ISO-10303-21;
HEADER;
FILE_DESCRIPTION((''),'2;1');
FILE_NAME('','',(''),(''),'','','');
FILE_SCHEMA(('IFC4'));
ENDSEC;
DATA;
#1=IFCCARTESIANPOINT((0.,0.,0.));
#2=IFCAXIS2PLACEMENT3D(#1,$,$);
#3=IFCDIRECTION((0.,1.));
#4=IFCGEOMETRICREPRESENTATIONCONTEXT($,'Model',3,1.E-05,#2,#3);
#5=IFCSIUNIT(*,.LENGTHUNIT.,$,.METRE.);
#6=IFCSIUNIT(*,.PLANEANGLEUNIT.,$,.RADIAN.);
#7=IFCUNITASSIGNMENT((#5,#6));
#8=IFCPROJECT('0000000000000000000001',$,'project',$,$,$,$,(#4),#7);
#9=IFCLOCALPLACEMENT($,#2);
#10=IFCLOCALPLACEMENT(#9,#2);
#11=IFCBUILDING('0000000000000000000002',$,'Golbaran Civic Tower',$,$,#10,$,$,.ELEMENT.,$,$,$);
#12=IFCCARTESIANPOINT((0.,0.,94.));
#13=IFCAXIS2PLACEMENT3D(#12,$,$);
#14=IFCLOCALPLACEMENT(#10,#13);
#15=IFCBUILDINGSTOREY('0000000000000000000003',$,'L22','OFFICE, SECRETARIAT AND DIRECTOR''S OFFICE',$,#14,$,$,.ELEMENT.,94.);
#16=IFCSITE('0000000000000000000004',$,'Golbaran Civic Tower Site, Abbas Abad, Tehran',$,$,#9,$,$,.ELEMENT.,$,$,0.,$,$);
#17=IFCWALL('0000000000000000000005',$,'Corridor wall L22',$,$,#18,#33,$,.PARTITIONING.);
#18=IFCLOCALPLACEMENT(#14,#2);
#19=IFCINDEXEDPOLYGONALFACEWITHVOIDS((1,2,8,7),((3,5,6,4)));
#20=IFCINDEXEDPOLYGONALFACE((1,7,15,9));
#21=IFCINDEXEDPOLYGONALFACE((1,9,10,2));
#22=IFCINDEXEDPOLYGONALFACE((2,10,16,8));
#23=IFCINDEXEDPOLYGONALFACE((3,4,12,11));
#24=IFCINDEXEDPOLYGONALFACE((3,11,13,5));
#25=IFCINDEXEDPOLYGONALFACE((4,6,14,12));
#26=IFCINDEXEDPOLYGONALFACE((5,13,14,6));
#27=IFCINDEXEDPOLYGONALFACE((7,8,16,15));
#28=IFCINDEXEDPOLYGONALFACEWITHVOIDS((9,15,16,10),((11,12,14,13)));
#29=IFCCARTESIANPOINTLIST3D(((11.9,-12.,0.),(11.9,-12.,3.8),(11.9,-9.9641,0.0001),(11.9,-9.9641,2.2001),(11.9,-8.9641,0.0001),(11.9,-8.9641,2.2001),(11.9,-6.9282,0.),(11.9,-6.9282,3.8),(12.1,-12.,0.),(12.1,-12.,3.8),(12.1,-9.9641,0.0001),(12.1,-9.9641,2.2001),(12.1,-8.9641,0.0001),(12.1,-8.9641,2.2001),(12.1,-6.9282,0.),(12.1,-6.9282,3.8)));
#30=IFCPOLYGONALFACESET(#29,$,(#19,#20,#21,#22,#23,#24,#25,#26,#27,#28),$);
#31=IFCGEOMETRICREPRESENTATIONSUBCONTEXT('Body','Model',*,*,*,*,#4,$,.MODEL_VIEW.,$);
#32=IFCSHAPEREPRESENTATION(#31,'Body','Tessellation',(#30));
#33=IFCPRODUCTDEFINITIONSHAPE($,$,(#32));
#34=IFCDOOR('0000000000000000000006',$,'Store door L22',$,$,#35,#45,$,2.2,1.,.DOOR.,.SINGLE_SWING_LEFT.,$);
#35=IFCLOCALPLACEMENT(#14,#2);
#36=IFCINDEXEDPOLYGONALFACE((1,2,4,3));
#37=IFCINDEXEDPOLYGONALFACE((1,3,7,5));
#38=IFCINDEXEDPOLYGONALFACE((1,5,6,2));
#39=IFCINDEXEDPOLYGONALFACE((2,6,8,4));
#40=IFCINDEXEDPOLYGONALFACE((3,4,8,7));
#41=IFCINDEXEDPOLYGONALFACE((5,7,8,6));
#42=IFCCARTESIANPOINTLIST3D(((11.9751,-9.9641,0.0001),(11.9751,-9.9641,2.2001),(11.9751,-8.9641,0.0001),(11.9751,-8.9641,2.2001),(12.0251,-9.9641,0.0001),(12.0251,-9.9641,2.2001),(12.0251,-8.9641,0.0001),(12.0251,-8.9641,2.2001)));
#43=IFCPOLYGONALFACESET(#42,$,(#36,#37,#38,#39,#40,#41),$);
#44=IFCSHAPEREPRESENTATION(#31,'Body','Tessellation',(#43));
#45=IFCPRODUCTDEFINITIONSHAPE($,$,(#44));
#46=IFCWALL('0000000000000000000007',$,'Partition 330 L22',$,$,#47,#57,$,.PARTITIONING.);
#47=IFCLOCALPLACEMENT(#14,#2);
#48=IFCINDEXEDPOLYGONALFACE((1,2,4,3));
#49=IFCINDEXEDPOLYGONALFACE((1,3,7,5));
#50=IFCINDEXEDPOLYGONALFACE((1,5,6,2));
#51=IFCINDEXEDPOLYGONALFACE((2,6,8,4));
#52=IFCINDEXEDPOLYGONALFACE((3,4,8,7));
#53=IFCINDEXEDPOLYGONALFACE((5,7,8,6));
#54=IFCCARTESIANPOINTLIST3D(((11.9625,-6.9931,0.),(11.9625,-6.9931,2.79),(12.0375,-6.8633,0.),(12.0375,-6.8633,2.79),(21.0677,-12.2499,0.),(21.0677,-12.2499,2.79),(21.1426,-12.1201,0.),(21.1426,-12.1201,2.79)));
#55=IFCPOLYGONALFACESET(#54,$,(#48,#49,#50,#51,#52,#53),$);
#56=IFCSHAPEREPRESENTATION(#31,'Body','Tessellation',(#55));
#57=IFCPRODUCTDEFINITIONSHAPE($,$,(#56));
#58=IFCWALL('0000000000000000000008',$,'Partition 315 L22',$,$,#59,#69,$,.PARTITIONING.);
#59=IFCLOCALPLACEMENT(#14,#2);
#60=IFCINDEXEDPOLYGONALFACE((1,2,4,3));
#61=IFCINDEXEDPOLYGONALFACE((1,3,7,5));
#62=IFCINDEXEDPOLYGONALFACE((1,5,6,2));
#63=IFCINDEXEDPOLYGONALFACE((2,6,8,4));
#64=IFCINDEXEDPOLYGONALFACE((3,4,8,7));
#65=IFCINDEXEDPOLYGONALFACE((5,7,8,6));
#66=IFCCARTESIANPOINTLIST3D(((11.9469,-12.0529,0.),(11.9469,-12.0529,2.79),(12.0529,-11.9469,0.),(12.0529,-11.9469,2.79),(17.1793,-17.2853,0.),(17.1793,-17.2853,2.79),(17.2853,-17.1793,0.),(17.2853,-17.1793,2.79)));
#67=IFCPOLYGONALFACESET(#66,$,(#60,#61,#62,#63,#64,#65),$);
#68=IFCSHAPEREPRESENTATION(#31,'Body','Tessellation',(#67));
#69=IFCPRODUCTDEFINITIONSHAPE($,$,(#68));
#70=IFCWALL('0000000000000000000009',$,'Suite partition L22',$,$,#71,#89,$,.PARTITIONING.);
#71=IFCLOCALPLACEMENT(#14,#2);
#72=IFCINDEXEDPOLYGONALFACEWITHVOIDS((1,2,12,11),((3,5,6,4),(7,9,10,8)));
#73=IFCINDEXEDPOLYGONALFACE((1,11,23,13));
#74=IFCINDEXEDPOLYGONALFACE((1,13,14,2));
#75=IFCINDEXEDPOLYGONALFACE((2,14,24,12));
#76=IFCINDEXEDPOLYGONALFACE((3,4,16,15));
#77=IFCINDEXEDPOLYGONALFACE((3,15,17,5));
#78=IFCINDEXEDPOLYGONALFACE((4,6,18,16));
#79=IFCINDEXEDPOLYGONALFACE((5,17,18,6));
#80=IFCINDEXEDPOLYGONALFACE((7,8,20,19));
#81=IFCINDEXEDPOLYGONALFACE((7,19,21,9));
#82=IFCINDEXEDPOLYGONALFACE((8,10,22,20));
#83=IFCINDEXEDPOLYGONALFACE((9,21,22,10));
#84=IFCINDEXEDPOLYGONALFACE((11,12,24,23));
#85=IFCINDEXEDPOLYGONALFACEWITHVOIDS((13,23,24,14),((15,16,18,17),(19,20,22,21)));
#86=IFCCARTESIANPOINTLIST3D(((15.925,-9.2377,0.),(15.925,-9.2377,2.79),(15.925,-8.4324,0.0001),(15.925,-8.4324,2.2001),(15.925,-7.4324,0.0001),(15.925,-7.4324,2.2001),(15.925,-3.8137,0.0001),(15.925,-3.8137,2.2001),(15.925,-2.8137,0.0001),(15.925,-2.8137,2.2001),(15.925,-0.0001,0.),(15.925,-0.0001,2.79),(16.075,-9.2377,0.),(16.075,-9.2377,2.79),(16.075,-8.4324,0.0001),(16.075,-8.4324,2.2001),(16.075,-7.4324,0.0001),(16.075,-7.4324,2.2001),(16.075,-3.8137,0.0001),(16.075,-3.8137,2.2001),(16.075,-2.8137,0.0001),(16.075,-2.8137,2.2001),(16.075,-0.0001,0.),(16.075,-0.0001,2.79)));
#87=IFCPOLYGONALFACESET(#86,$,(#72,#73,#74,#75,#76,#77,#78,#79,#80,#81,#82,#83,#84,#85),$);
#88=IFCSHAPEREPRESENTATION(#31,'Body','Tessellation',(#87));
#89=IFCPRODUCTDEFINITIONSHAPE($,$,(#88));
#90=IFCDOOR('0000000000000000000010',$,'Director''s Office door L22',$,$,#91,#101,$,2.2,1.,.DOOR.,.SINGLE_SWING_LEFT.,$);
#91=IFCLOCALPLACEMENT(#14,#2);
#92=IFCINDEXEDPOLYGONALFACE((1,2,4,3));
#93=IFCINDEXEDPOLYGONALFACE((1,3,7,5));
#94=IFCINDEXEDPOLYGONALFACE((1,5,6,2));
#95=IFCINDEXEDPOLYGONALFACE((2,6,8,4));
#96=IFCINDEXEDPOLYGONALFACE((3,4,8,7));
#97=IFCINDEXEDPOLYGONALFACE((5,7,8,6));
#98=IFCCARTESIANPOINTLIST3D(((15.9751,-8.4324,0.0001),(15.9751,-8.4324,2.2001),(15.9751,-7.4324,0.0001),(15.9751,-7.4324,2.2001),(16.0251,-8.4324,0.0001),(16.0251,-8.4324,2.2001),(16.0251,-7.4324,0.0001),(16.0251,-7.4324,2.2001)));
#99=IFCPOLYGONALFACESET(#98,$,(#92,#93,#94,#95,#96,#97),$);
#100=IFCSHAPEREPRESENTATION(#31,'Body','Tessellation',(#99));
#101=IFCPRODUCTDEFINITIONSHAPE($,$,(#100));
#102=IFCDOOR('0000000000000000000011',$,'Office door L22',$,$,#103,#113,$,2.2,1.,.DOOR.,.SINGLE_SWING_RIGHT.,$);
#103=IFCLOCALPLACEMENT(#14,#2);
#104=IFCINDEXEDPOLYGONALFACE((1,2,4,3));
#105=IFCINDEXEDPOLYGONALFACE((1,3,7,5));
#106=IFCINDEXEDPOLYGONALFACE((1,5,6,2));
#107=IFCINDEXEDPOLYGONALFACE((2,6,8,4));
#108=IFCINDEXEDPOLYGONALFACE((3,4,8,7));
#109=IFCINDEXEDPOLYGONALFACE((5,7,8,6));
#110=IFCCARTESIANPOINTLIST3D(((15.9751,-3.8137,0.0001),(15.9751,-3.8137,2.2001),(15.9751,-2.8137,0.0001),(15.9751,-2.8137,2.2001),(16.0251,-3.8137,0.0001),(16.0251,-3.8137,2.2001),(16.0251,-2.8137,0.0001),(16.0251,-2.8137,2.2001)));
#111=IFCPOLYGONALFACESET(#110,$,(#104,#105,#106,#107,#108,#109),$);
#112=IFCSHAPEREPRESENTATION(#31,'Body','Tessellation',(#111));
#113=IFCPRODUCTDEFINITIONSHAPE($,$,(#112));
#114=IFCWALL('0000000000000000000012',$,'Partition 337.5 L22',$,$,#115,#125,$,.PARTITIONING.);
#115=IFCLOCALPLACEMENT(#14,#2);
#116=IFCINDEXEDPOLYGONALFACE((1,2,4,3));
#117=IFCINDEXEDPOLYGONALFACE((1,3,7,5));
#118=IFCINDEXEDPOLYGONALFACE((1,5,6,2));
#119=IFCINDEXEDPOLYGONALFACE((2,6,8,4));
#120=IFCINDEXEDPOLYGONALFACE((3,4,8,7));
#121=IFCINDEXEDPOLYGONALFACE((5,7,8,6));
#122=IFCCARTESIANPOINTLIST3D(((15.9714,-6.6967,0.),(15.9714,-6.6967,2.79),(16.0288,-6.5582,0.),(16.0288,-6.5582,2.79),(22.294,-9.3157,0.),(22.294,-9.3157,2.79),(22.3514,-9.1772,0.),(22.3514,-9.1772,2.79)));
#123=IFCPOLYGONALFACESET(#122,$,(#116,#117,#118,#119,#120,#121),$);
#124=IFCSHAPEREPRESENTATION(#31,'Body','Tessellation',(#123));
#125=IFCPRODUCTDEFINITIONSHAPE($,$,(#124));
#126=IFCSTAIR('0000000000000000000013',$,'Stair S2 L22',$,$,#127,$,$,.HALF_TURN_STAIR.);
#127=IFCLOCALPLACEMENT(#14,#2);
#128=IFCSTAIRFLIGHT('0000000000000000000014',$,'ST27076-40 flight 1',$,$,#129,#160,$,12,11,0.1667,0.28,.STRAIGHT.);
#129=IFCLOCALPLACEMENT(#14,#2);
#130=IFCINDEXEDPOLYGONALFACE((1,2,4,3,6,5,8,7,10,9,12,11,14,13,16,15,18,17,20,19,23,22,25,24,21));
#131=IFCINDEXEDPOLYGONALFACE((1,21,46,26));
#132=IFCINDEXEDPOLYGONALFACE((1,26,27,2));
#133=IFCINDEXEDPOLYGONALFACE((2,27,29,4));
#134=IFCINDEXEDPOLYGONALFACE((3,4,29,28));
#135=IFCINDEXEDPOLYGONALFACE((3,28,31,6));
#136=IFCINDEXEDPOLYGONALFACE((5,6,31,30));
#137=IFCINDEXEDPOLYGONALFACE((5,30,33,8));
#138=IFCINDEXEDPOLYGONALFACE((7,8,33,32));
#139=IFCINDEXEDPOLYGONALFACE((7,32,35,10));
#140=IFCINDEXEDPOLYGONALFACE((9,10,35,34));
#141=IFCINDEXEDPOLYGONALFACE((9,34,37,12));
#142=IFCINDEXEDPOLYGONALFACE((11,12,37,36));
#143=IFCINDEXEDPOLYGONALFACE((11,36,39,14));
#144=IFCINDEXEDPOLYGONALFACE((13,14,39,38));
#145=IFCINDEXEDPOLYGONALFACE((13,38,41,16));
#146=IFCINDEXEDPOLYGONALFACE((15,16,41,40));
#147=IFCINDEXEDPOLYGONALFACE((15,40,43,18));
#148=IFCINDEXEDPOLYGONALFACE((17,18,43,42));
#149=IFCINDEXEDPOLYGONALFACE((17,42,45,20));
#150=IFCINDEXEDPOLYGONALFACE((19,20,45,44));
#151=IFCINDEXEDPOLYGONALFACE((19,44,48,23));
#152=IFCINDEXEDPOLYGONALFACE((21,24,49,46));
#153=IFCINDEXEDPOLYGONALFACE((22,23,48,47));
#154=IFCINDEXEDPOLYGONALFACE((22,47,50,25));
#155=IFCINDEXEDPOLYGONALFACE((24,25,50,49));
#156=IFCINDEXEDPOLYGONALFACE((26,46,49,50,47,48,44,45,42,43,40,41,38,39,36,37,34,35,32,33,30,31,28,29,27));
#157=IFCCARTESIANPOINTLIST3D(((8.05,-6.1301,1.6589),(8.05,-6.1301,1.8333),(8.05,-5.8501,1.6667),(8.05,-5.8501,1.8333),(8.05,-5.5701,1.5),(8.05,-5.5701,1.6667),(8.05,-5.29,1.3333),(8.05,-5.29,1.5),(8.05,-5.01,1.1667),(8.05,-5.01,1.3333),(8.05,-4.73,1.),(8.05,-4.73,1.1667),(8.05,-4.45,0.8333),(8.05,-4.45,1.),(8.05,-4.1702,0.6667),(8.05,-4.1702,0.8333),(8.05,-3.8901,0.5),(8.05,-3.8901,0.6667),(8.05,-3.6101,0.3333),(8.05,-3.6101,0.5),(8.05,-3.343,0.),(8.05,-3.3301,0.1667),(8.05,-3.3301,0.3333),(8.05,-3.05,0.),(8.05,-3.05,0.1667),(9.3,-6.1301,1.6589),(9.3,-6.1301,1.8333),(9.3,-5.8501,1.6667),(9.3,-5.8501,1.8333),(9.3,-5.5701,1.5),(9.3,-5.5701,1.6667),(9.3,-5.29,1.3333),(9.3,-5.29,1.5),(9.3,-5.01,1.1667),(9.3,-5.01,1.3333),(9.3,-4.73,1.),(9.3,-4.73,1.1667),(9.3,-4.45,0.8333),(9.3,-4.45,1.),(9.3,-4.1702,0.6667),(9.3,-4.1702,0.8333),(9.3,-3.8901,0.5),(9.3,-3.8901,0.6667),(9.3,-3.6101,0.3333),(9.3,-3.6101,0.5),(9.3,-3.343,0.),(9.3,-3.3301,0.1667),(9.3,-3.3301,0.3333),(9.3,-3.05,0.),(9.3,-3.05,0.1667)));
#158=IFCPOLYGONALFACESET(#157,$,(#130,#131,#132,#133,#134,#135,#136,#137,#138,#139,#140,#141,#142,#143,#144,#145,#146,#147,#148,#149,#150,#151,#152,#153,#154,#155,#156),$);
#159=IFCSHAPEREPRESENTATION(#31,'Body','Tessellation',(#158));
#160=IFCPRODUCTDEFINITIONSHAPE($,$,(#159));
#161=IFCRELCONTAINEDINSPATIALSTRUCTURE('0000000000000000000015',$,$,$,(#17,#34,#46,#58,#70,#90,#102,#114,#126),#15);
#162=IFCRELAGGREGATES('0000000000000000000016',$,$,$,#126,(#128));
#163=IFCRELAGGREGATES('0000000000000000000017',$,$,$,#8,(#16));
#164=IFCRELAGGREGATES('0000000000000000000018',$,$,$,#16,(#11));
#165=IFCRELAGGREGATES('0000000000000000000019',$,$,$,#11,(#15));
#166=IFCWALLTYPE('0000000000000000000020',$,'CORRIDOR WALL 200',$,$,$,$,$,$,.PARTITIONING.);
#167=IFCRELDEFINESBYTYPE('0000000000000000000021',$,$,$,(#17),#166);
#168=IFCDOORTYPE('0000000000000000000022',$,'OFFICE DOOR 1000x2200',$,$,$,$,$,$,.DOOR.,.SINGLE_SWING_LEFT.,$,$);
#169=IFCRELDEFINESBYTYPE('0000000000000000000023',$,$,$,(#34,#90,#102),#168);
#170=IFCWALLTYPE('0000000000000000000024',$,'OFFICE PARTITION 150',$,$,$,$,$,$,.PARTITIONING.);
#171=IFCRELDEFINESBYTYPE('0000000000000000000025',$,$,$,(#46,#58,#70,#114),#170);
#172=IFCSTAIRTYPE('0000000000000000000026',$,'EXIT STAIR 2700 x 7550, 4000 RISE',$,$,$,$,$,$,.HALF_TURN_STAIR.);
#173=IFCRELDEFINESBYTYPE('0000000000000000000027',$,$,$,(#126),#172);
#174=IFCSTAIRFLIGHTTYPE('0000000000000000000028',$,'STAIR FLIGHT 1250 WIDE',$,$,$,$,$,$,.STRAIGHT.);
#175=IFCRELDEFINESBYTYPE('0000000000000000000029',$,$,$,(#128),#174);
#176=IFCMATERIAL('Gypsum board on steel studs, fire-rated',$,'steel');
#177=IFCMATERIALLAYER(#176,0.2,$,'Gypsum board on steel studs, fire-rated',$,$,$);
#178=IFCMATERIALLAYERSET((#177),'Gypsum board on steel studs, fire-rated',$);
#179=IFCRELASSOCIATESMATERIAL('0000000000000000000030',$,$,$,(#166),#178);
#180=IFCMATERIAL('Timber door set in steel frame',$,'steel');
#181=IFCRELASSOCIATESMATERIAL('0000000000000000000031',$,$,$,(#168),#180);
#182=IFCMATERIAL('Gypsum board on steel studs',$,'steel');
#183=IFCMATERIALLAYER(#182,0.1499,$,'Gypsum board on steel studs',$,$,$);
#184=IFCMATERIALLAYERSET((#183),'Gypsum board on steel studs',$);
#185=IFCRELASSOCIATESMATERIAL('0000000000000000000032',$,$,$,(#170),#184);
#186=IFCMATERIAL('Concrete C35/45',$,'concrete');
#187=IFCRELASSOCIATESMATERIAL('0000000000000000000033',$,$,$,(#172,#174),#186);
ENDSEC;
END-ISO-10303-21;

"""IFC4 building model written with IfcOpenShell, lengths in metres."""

from ifc_helpers import new_model, si_unit, direction, frame, frame_2d, origin, place, context, subcontext, project, spatial, polyline, rectangle, outline, extrude, material, layer, layer_set, type_object, element, fill, aggregate, save


model = new_model("IFC4")

# Units and contexts
model_context = context("Model", 3, precision=1e-05, world=origin(), true_north=direction((0.0, 1.0)))
body_context = subcontext(model_context, "Body", "Model", "MODEL_VIEW")
ifc_project = project(units=[si_unit("LENGTHUNIT", "METRE"), si_unit("PLANEANGLEUNIT", "RADIAN")], contexts=[model_context])

# Site, building, storey
site_placement = place(None, origin())
site = spatial("IfcSite", under=ifc_project, at=site_placement, Name="Golbaran Civic Tower Site, Abbas Abad, Tehran", CompositionType="ELEMENT", RefElevation=0.0)
building_placement = place(site_placement, origin())
building = spatial("IfcBuilding", under=site, at=building_placement, Name="Golbaran Civic Tower", CompositionType="ELEMENT")
storey_placement = place(building_placement, frame((0.0, 0.0, 94.0)))
storey = spatial("IfcBuildingStorey", under=building, at=storey_placement, Name="L22", Description="OFFICE, SECRETARIAT AND DIRECTOR'S OFFICE", CompositionType="ELEMENT", Elevation=94.0)

# Shared definitions
ifc_material_1 = material(Name="Timber door set in steel frame", Category="steel")

# Wall, opening, door
ifc_material_2 = material(Name="Gypsum board on steel studs, fire-rated", Category="steel")
ifc_layer_1 = layer(ifc_material_2, 0.2, Name="Gypsum board on steel studs, fire-rated")
ifc_layer_set_1 = layer_set([ifc_layer_1], Name="Gypsum board on steel studs, fire-rated")
wall_type_1 = type_object("IfcWallType", Name="CORRIDOR WALL 200", PredefinedType="PARTITIONING", material=ifc_layer_set_1)
door_type_1 = type_object("IfcDoorType", Name="OFFICE DOOR 1000x2200", OperationType="SINGLE_SWING_LEFT", PredefinedType="DOOR", material=ifc_material_1)
wall_1_placement = place(storey_placement, frame((12.0, -12.0, 0.0), z_axis=(0.0, 0.0, 1.0), x_axis=(0.0, 1.0, 0.0)))
wall_1 = element("IfcWall", 1, at=wall_1_placement, inside=storey, type_object=wall_type_1, Name="Corridor wall L22", PredefinedType="PARTITIONING", context=body_context, shape_type="SweptSolid", body=[
    extrude(rectangle(XDim=5.0718, YDim=0.2, at=frame_2d((2.5359, 0.0))), origin(), (0.0, 0.0, 1.0), 3.8),
])
opening_1_placement = place(wall_1_placement, frame((2.0359, 0.0, 0.0)))
opening_1 = element("IfcOpeningElement", 2, at=opening_1_placement, cuts=wall_1, PredefinedType="OPENING", context=body_context, shape_type="SweptSolid", body=[
    extrude(rectangle(XDim=1.0, YDim=2.2, at=frame_2d((0.5, 1.1001))), frame((0.0, 0.1099, 0.0), z_axis=(0.0, -1.0, 0.0), x_axis=(1.0, 0.0, 0.0)), (0.0, 0.0, 1.0), 0.22),
])
door_1_placement = place(opening_1_placement, origin())
door_1 = element("IfcDoor", 3, at=door_1_placement, inside=storey, type_object=door_type_1, Name="Store door L22", OperationType="SINGLE_SWING_LEFT", OverallHeight=2.2, OverallWidth=1.0, PredefinedType="DOOR", context=body_context, shape_type="SweptSolid", body=[
    extrude(rectangle(XDim=1.0, YDim=2.2, at=frame_2d((0.5, 1.1001))), frame((0.0, 0.0249, 0.0), z_axis=(0.0, -1.0, 0.0), x_axis=(1.0, 0.0, 0.0)), (0.0, 0.0, 1.0), 0.05),
])
fill(opening_1, door_1)

# Walls
ifc_material_3 = material(Name="Gypsum board on steel studs", Category="steel")
ifc_layer_2 = layer(ifc_material_3, 0.1499, Name="Gypsum board on steel studs")
ifc_layer_set_2 = layer_set([ifc_layer_2], Name="Gypsum board on steel studs")
wall_type_2 = type_object("IfcWallType", Name="OFFICE PARTITION 150", PredefinedType="PARTITIONING", material=ifc_layer_set_2)
wall_2_placement = place(storey_placement, frame((12.0, -6.9282, 0.0), z_axis=(0.0, 0.0, 1.0), x_axis=(0.866028, -0.499995, 0.0)))
element("IfcWall", 4, at=wall_2_placement, inside=storey, type_object=wall_type_2, Name="Partition 330 L22", PredefinedType="PARTITIONING", context=body_context, shape_type="SweptSolid", body=[
    extrude(rectangle(XDim=10.5137, YDim=0.1499, at=frame_2d((5.2568, 0.0))), origin(), (0.0, 0.0, 1.0), 2.79),
])
wall_3_placement = place(storey_placement, frame((12.0, -12.0, 0.0), z_axis=(0.0, 0.0, 1.0), x_axis=(0.707107, -0.707107, 0.0)))
element("IfcWall", 5, at=wall_3_placement, inside=storey, type_object=wall_type_2, Name="Partition 315 L22", PredefinedType="PARTITIONING", context=body_context, shape_type="SweptSolid", body=[
    extrude(rectangle(XDim=7.3997, YDim=0.1499, at=frame_2d((3.6997, 0.0))), origin(), (0.0, 0.0, 1.0), 2.79),
])

# Wall, openings, doors
wall_4_placement = place(storey_placement, frame((16.0, -9.2375, 0.0), z_axis=(0.0, 0.0, 1.0), x_axis=(0.0, 1.0, 0.0)))
wall_4 = element("IfcWall", 6, at=wall_4_placement, inside=storey, type_object=wall_type_2, Name="Suite partition L22", PredefinedType="PARTITIONING", context=body_context, shape_type="SweptSolid", body=[
    extrude(rectangle(XDim=9.2375, YDim=0.1499, at=frame_2d((4.6187, 0.0))), origin(), (0.0, 0.0, 1.0), 2.79),
])
opening_2_placement = place(wall_4_placement, frame((0.8052, 0.0, 0.0)))
opening_2 = element("IfcOpeningElement", 7, at=opening_2_placement, cuts=wall_4, PredefinedType="OPENING", context=body_context, shape_type="SweptSolid", body=[
    extrude(rectangle(XDim=1.0, YDim=2.2, at=frame_2d((0.5, 1.1001))), frame((0.0, 0.085, 0.0), z_axis=(0.0, -1.0, 0.0), x_axis=(1.0, 0.0, 0.0)), (0.0, 0.0, 1.0), 0.1699),
])
opening_3_placement = place(wall_4_placement, frame((5.4238, 0.0, 0.0)))
opening_3 = element("IfcOpeningElement", 8, at=opening_3_placement, cuts=wall_4, PredefinedType="OPENING", context=body_context, shape_type="SweptSolid", body=[
    extrude(rectangle(XDim=1.0, YDim=2.2, at=frame_2d((0.5, 1.1001))), frame((0.0, 0.085, 0.0), z_axis=(0.0, -1.0, 0.0), x_axis=(1.0, 0.0, 0.0)), (0.0, 0.0, 1.0), 0.1699),
])
door_2_placement = place(opening_2_placement, origin())
door_2 = element("IfcDoor", 9, at=door_2_placement, inside=storey, type_object=door_type_1, Name="Director's Office door L22", OperationType="SINGLE_SWING_LEFT", OverallHeight=2.2, OverallWidth=1.0, PredefinedType="DOOR", context=body_context, shape_type="SweptSolid", body=[
    extrude(rectangle(XDim=1.0, YDim=2.2, at=frame_2d((0.5, 1.1001))), frame((0.0, 0.0249, 0.0), z_axis=(0.0, -1.0, 0.0), x_axis=(1.0, 0.0, 0.0)), (0.0, 0.0, 1.0), 0.05),
])
fill(opening_2, door_2)
door_3_placement = place(opening_3_placement, origin())
door_3 = element("IfcDoor", 10, at=door_3_placement, inside=storey, type_object=door_type_1, Name="Office door L22", OperationType="SINGLE_SWING_RIGHT", OverallHeight=2.2, OverallWidth=1.0, PredefinedType="DOOR", context=body_context, shape_type="SweptSolid", body=[
    extrude(rectangle(XDim=1.0, YDim=2.2, at=frame_2d((0.5, 1.1001))), frame((0.0, 0.0249, 0.0), z_axis=(0.0, -1.0, 0.0), x_axis=(1.0, 0.0, 0.0)), (0.0, 0.0, 1.0), 0.05),
])
fill(opening_3, door_3)

# Wall
wall_5_placement = place(storey_placement, frame((16.0, -6.6274, 0.0), z_axis=(0.0, 0.0, 1.0), x_axis=(0.923878, -0.382687, 0.0)))
element("IfcWall", 11, at=wall_5_placement, inside=storey, type_object=wall_type_2, Name="Partition 337.5 L22", PredefinedType="PARTITIONING", context=body_context, shape_type="SweptSolid", body=[
    extrude(rectangle(XDim=6.8435, YDim=0.1499, at=frame_2d((3.4219, 0.0))), origin(), (0.0, 0.0, 1.0), 2.79),
])

# Stair, stair flight
ifc_material_4 = material(Name="Concrete C35/45", Category="concrete")
stair_type = type_object("IfcStairType", Name="EXIT STAIR 2700 x 7550, 4000 RISE", PredefinedType="HALF_TURN_STAIR", material=ifc_material_4)
stair_placement = place(storey_placement, origin())
stair = element("IfcStair", 12, at=stair_placement, inside=storey, type_object=stair_type, Name="Stair S2 L22", PredefinedType="HALF_TURN_STAIR")
stair_flight_type = type_object("IfcStairFlightType", Name="STAIR FLIGHT 1250 WIDE", PredefinedType="STRAIGHT", material=ifc_material_4)
stair_flight_placement = place(storey_placement, frame((8.675, -3.05, 0.0), z_axis=(0.0, 0.0, 1.0), x_axis=(0.0, -1.0, 0.0)))
stair_flight = element("IfcStairFlight", 13, at=stair_flight_placement, type_object=stair_flight_type, Name="ST27076-40 flight 1", NumberOfRisers=12, NumberOfTreads=11, PredefinedType="STRAIGHT", RiserHeight=0.1667, TreadLength=0.28, context=body_context, shape_type="SweptSolid", body=[
    extrude(outline(polyline([(0.0, 0.0), (0.0, 0.1667), (0.28, 0.1667), (0.28, 0.3333), (0.5601, 0.3333), (0.5601, 0.5), (0.8401, 0.5), (0.8401, 0.6667), (1.1201, 0.6667), (1.1201, 0.8333), (1.3999, 0.8333), (1.3999, 1.0), (1.6799, 1.0), (1.6799, 1.1667), (1.96, 1.1667), (1.96, 1.3333), (2.24, 1.3333), (2.24, 1.5), (2.52, 1.5), (2.52, 1.6667), (2.8, 1.6667), (2.8, 1.8333), (3.0801, 1.8333), (3.0801, 2.0), (3.0801, 1.6589), (0.293, 0.0), (0.0, 0.0)])), frame((0.0, 0.625, 0.0), z_axis=(0.0, -1.0, 0.0), x_axis=(1.0, 0.0, 0.0)), (0.0, 0.0, 1.0), 1.25),
])
aggregate(stair, [stair_flight])

save(model, "model.ifc")
